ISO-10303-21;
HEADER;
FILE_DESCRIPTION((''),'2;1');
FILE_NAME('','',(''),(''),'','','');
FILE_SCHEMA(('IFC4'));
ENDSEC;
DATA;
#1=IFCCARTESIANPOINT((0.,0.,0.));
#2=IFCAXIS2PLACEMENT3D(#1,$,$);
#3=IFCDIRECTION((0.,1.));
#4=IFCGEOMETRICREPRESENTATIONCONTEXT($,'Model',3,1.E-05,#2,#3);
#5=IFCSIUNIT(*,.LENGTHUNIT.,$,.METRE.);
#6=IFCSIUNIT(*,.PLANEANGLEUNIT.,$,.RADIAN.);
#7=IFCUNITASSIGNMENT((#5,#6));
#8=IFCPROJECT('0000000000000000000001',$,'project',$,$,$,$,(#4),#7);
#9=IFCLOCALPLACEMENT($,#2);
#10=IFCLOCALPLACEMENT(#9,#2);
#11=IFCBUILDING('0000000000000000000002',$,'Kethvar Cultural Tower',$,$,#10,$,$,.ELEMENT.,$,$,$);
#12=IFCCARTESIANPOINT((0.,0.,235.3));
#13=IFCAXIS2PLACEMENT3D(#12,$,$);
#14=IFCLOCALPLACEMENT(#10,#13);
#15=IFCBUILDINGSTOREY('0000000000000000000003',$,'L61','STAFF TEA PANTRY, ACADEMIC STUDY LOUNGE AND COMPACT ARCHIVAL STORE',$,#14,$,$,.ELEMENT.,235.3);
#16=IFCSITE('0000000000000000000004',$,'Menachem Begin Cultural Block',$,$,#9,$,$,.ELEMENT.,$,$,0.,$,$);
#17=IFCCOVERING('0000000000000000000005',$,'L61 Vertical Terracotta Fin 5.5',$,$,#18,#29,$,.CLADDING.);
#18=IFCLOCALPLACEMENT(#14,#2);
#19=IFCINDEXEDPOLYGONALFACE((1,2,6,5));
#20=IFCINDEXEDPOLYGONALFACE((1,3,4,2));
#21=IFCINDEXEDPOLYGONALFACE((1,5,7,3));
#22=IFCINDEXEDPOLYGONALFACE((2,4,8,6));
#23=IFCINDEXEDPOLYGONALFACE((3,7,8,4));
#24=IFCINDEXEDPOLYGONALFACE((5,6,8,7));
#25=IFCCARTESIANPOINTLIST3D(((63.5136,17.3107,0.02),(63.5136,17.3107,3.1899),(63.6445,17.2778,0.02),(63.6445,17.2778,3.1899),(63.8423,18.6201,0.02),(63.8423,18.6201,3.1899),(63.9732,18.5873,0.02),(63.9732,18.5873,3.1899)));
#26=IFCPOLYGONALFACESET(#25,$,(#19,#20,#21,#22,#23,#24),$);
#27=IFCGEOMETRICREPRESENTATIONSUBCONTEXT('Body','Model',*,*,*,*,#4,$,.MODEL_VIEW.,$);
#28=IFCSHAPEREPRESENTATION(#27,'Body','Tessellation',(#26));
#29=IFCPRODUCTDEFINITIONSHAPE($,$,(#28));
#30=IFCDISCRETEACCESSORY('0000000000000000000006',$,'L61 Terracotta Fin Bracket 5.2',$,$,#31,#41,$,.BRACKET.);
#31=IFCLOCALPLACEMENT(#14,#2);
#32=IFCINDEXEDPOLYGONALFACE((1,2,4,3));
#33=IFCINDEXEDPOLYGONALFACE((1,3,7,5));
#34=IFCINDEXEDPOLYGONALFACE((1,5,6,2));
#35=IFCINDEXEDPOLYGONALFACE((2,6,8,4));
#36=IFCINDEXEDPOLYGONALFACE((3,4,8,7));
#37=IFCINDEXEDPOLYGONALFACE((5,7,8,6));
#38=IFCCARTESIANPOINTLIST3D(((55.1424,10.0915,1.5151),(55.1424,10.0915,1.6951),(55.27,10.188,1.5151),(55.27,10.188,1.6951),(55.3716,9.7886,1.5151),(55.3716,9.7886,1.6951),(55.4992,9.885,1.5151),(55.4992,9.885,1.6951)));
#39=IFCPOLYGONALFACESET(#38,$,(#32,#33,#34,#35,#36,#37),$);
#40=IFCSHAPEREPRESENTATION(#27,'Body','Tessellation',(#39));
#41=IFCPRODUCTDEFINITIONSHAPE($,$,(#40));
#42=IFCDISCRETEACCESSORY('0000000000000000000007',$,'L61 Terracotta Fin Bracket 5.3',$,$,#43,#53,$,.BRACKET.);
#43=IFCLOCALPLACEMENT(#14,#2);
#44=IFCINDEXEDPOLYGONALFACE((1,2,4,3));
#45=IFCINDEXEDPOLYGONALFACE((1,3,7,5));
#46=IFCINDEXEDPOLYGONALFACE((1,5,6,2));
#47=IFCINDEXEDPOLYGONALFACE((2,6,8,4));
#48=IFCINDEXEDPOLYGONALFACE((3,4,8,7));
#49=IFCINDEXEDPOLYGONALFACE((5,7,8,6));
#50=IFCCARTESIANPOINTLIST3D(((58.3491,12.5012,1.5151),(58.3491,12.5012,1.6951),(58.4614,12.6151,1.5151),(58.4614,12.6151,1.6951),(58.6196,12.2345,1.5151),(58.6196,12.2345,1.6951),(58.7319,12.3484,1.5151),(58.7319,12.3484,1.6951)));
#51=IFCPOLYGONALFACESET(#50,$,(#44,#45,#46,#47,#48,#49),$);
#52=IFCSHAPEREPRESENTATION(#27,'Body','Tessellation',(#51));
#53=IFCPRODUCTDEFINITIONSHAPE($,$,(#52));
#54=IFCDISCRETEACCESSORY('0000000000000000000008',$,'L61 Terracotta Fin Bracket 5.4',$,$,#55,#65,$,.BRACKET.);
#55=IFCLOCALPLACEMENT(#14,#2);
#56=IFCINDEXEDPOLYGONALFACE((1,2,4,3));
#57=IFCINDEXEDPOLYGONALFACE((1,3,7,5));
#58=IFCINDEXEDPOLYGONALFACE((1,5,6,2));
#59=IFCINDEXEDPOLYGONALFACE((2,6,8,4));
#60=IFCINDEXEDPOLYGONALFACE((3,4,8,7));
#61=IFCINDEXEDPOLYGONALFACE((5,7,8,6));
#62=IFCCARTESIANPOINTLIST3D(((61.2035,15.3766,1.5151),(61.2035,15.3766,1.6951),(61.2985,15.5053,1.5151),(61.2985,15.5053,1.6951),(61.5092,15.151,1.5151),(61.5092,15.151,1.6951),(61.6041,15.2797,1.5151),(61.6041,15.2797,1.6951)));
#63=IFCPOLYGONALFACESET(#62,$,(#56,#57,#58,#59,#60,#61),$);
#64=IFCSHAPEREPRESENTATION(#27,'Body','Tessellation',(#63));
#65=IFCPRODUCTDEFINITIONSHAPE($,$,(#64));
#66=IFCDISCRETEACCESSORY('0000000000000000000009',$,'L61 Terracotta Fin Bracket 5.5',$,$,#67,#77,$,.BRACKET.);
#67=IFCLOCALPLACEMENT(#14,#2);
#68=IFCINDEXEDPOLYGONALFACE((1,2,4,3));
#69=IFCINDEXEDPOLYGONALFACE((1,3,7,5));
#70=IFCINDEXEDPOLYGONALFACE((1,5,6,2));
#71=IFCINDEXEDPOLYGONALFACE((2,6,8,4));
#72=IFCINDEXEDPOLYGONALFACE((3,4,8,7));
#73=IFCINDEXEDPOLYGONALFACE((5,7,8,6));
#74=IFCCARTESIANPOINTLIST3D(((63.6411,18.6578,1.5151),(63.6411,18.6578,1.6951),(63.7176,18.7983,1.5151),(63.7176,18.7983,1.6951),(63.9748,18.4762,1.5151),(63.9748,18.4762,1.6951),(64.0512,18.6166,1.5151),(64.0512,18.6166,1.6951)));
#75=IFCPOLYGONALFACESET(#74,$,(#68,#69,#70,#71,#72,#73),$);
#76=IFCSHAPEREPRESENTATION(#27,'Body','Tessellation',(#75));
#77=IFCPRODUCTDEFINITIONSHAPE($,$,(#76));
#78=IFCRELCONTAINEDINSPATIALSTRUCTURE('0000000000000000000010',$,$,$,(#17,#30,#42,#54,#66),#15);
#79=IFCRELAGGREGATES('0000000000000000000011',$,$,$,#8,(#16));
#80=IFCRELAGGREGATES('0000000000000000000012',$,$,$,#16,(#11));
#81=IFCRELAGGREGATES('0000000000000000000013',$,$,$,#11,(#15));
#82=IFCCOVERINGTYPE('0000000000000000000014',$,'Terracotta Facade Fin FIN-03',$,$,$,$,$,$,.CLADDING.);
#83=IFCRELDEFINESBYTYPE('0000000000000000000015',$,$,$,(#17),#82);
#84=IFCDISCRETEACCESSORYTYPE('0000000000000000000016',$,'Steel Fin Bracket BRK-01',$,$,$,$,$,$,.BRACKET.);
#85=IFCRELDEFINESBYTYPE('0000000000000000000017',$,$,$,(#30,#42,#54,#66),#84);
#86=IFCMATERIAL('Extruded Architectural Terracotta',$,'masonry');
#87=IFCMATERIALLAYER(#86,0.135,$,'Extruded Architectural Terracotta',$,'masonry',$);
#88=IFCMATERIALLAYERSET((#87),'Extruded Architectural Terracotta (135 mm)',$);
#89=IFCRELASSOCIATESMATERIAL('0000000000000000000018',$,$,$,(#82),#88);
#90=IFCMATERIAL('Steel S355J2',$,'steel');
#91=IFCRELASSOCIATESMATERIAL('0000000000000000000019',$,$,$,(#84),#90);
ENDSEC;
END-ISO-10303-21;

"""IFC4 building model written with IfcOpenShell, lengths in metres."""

from ifc_helpers import new_model, si_unit, direction, frame, origin, origin_2d, place, context, subcontext, project, spatial, rectangle, extrude, source, transform, mapped, material, layer, layer_set, type_object, element, save


model = new_model("IFC4")

# Units and contexts
model_context = context("Model", 3, precision=1e-05, world=origin(), true_north=direction((0.0, 1.0)))
body_context = subcontext(model_context, "Body", "Model", "MODEL_VIEW")
ifc_project = project(units=[si_unit("LENGTHUNIT", "METRE"), si_unit("PLANEANGLEUNIT", "RADIAN")], contexts=[model_context])

# Site, building, storey
site_placement = place(None, origin())
site = spatial("IfcSite", under=ifc_project, at=site_placement, Name="Menachem Begin Cultural Block", CompositionType="ELEMENT", RefElevation=0.0)
building_placement = place(site_placement, origin())
building = spatial("IfcBuilding", under=site, at=building_placement, Name="Kethvar Cultural Tower", CompositionType="ELEMENT")
storey_placement = place(building_placement, frame((0.0, 0.0, 235.3)))
storey = spatial("IfcBuildingStorey", under=building, at=storey_placement, Name="L61", Description="STAFF TEA PANTRY, ACADEMIC STUDY LOUNGE AND COMPACT ARCHIVAL STORE", CompositionType="ELEMENT", Elevation=235.3)

# Shared definitions
ifc_material_1 = material(Name="Steel S355J2", Category="steel")

# Covering
ifc_material_2 = material(Name="Extruded Architectural Terracotta", Category="masonry")
ifc_layer_1 = layer(ifc_material_2, 0.135, Name="Extruded Architectural Terracotta", Category="masonry")
ifc_layer_set_1 = layer_set([ifc_layer_1], Name="Extruded Architectural Terracotta (135 mm)")
covering_type = type_object("IfcCoveringType", Name="Terracotta Facade Fin FIN-03", PredefinedType="CLADDING", material=ifc_layer_set_1)
shared_shape_1 = source(origin(), body_context, "Body", "SweptSolid", [
    extrude(rectangle(XDim=1.3501, YDim=0.135, at=origin_2d()), origin(), (0.0, 0.0, 1.0), 3.1699),
])
for number, where, z_axis, x_axis, name in (
    (1, (63.7434, 17.949, 0.02), (0.0, 0.0, 1.0), (-0.243446, -0.969915, 0.0), "L61 Vertical Terracotta Fin 5.5"),
):
    element("IfcCovering", number, at=place(storey_placement, frame(where, z_axis=z_axis, x_axis=x_axis)), inside=storey, type_object=covering_type, Name=name, PredefinedType="CLADDING", context=body_context, shape_type="MappedRepresentation", body=[
        mapped(shared_shape_1, transform((0.0, 0.0, 0.0), scale=1.0)),
    ])

# Discrete accessories
discrete_accessory_type = type_object("IfcDiscreteAccessoryType", Name="Steel Fin Bracket BRK-01", PredefinedType="BRACKET", material=ifc_material_1)
shared_shape_2 = source(origin(), body_context, "Body", "SweptSolid", [
    extrude(rectangle(XDim=0.3799, YDim=0.1599, at=origin_2d()), origin(), (0.0, 0.0, 1.0), 0.1799),
])
for number, where, z_axis, x_axis, name in (
    (2, (55.3208, 9.9883, 1.5151), (0.0, 0.0, 1.0), (0.603347, -0.797479, 0.0), "L61 Terracotta Fin Bracket 5.2"),
    (3, (58.5405, 12.4248, 1.5151), (0.0, 0.0, 1.0), (0.712026, -0.702153, 0.0), "L61 Terracotta Fin Bracket 5.3"),
    (4, (61.4038, 15.3281, 1.5151), (0.0, 0.0, 1.0), (0.804583, -0.59384, 0.0), "L61 Terracotta Fin Bracket 5.4"),
    (5, (63.8462, 18.6372, 1.5151), (0.0, 0.0, 1.0), (0.878233, -0.478232, 0.0), "L61 Terracotta Fin Bracket 5.5"),
):
    element("IfcDiscreteAccessory", number, at=place(storey_placement, frame(where, z_axis=z_axis, x_axis=x_axis)), inside=storey, type_object=discrete_accessory_type, Name=name, PredefinedType="BRACKET", context=body_context, shape_type="MappedRepresentation", body=[
        mapped(shared_shape_2, transform((0.0, 0.0, 0.0), scale=1.0)),
    ])

save(model, "model.ifc")
